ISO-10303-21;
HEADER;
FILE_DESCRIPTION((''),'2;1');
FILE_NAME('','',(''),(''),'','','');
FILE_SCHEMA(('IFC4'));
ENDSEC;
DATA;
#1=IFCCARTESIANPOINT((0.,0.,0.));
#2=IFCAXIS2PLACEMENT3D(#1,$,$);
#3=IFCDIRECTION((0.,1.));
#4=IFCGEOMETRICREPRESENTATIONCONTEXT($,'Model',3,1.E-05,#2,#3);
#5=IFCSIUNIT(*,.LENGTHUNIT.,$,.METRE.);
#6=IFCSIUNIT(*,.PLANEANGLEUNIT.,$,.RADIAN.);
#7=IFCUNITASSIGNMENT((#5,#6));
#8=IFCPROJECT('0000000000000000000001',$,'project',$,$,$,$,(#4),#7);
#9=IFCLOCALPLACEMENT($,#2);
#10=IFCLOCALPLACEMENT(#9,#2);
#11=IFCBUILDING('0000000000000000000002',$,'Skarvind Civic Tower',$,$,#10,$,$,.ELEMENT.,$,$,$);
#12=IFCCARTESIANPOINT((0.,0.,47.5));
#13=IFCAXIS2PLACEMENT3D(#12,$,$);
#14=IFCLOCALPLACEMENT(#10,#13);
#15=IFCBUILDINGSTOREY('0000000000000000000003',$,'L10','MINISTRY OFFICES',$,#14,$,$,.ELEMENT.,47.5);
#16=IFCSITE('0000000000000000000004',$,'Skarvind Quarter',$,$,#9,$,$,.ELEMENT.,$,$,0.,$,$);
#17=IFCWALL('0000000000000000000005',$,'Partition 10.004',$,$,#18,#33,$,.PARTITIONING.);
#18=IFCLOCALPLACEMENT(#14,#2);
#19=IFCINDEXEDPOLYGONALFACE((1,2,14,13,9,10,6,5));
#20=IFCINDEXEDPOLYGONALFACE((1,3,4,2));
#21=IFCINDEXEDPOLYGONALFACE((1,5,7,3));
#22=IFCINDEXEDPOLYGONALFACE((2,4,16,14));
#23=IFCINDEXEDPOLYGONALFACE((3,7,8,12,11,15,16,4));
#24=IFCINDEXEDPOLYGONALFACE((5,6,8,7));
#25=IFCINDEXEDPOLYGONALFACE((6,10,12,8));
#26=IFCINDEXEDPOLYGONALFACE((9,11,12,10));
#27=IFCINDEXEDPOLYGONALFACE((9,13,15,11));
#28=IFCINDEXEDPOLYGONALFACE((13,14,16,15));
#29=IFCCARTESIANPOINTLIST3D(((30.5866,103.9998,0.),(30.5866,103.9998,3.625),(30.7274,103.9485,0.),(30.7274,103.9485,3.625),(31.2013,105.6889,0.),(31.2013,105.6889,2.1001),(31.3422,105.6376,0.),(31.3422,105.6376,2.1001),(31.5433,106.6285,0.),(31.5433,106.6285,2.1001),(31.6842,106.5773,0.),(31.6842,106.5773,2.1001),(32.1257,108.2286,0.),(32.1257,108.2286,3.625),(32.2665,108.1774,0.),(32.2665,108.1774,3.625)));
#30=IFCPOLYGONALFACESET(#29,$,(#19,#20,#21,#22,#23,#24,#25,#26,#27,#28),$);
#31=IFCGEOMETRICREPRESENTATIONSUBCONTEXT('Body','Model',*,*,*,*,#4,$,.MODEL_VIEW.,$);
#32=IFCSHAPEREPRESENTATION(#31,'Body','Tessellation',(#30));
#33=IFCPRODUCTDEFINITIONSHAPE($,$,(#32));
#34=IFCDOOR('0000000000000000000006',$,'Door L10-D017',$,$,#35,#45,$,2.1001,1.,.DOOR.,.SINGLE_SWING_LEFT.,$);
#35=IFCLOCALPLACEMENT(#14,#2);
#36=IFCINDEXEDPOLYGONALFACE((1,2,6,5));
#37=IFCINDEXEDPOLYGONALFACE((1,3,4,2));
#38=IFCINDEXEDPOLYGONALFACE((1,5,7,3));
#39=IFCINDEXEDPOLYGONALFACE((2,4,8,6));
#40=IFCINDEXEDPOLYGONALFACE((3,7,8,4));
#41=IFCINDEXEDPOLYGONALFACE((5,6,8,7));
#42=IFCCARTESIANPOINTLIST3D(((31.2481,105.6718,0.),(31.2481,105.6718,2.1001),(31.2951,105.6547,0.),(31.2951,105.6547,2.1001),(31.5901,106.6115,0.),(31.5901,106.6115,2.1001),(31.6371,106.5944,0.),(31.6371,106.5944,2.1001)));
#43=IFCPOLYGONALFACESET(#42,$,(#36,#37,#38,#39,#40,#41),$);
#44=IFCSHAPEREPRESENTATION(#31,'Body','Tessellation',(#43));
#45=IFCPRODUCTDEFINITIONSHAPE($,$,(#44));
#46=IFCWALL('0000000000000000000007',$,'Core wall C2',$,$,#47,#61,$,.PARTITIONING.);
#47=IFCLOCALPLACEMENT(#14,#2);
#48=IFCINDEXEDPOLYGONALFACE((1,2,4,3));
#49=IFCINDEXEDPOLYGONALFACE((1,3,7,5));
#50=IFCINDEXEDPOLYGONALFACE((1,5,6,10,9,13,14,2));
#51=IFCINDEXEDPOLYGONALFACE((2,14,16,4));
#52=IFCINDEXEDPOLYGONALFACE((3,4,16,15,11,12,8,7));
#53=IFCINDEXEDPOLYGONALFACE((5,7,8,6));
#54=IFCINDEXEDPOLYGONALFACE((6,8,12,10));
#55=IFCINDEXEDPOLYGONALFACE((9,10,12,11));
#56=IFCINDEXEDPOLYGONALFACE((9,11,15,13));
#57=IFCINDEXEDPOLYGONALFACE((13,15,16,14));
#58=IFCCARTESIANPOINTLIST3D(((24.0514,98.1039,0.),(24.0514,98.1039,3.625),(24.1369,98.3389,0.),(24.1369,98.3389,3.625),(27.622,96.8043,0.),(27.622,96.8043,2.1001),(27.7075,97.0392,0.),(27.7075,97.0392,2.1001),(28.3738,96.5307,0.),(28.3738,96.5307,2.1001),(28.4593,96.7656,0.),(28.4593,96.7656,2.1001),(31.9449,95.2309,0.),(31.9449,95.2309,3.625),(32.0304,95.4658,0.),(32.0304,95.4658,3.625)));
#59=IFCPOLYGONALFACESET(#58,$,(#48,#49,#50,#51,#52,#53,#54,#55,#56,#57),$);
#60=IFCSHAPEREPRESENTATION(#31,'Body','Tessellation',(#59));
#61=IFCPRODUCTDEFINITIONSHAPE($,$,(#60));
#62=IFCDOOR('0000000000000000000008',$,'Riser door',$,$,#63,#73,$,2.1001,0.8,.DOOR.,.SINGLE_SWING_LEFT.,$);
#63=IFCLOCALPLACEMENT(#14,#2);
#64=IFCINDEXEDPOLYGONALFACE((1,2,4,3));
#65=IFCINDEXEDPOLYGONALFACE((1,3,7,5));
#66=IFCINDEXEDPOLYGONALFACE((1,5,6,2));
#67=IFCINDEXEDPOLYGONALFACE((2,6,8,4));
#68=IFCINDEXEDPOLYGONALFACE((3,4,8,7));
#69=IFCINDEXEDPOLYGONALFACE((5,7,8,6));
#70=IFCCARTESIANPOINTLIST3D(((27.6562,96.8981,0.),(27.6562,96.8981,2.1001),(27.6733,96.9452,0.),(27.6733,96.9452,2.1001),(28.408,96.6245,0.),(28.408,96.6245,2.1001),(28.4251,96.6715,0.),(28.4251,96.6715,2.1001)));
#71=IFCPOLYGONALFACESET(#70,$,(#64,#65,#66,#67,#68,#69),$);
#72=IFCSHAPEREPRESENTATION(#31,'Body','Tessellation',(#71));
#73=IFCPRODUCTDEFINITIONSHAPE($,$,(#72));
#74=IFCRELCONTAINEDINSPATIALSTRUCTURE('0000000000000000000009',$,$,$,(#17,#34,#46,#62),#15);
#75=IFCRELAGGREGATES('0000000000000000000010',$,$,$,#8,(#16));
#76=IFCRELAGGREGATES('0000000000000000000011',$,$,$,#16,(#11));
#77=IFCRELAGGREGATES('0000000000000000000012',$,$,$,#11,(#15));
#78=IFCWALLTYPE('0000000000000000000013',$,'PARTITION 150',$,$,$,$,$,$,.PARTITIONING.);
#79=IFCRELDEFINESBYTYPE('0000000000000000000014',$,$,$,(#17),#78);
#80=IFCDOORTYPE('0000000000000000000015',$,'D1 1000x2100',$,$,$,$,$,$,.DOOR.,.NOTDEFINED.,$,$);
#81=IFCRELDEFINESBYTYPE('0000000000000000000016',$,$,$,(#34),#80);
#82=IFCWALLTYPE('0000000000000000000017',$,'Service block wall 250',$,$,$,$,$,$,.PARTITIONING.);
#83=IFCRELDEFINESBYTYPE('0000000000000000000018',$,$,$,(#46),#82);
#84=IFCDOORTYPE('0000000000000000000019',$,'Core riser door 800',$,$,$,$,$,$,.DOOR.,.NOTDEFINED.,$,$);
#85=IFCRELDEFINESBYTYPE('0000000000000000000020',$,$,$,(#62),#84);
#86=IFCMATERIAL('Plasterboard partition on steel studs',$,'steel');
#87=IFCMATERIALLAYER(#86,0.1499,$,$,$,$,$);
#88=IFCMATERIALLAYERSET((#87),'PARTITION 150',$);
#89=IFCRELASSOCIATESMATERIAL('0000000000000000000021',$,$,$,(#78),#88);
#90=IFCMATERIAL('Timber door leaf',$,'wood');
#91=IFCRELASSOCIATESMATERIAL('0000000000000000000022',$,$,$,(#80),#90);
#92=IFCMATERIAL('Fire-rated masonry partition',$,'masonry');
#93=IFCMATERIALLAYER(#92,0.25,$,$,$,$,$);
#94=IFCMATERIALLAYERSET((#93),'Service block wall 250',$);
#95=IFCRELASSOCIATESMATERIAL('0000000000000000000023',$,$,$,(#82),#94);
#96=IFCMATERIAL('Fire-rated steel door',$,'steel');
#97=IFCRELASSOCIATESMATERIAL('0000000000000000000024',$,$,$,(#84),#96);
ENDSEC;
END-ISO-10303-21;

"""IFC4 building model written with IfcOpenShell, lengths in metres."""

from ifc_helpers import new_model, si_unit, direction, frame, frame_2d, origin, place, context, subcontext, project, spatial, rectangle, extrude, material, layer, layer_set, type_object, element, fill, save


model = new_model("IFC4")

# Units and contexts
model_context = context("Model", 3, precision=1e-05, world=origin(), true_north=direction((0.0, 1.0)))
body_context = subcontext(model_context, "Body", "Model", "MODEL_VIEW")
ifc_project = project(units=[si_unit("LENGTHUNIT", "METRE"), si_unit("PLANEANGLEUNIT", "RADIAN")], contexts=[model_context])

# Site, building, storey
site_placement = place(None, origin())
site = spatial("IfcSite", under=ifc_project, at=site_placement, Name="Skarvind Quarter", CompositionType="ELEMENT", RefElevation=0.0)
building_placement = place(site_placement, origin())
building = spatial("IfcBuilding", under=site, at=building_placement, Name="Skarvind Civic Tower", CompositionType="ELEMENT")
storey_placement = place(building_placement, frame((0.0, 0.0, 47.5)))
storey = spatial("IfcBuildingStorey", under=building, at=storey_placement, Name="L10", Description="MINISTRY OFFICES", CompositionType="ELEMENT", Elevation=47.5)

# Shared definitions
ifc_material_1 = material(Name="Fire-rated masonry partition", Category="masonry")
ifc_material_2 = material(Name="Fire-rated steel door", Category="steel")

# Shared definitions
ifc_material_3 = material(Name="Plasterboard partition on steel studs", Category="steel")
ifc_layer_1 = layer(ifc_material_3, 0.1499)
ifc_layer_set_1 = layer_set([ifc_layer_1], Name="PARTITION 150")
wall_type_1 = type_object("IfcWallType", Name="PARTITION 150", PredefinedType="PARTITIONING", material=ifc_layer_set_1)

# Walls, openings, doors
ifc_material_4 = material(Name="Timber door leaf", Category="wood")
wall_1_placement = place(storey_placement, frame((32.196, 108.2029, 0.0), z_axis=(0.0, 0.0, 1.0), x_axis=(-0.342004, -0.939698, 0.0)))
wall_1 = element("IfcWall", 1, at=wall_1_placement, inside=storey, type_object=wall_type_1, Name="Partition 10.004", PredefinedType="PARTITIONING", context=body_context, shape_type="SweptSolid", body=[
    extrude(rectangle(XDim=4.5002, YDim=0.1499, at=frame_2d((2.25, 0.0))), origin(), (0.0, 0.0, 1.0), 3.625),
])
opening_1_placement = place(wall_1_placement, frame((1.7026, 0.0, 0.0)))
opening_1 = element("IfcOpeningElement", 2, at=opening_1_placement, cuts=wall_1, PredefinedType="OPENING", context=body_context, shape_type="SweptSolid", body=[
    extrude(rectangle(XDim=1.0, YDim=2.1001, at=frame_2d((0.5, 1.05))), frame((0.0, 0.085, 0.0), z_axis=(0.0, -1.0, 0.0), x_axis=(1.0, 0.0, 0.0)), (0.0, 0.0, 1.0), 0.1699),
])
door_type_1 = type_object("IfcDoorType", Name="D1 1000x2100", OperationType="NOTDEFINED", PredefinedType="DOOR", material=ifc_material_4)
door_1_placement = place(opening_1_placement, origin())
door_1 = element("IfcDoor", 3, at=door_1_placement, inside=storey, type_object=door_type_1, Name="Door L10-D017", OperationType="SINGLE_SWING_LEFT", OverallHeight=2.1001, OverallWidth=1.0, PredefinedType="DOOR", context=body_context, shape_type="SweptSolid", body=[
    extrude(rectangle(XDim=1.0, YDim=2.1001, at=frame_2d((0.5, 1.05))), frame((0.0, 0.0249, 0.0), z_axis=(0.0, -1.0, 0.0), x_axis=(1.0, 0.0, 0.0)), (0.0, 0.0, 1.0), 0.05),
])
fill(opening_1, door_1)
ifc_layer_2 = layer(ifc_material_1, 0.25)
ifc_layer_set_2 = layer_set([ifc_layer_2], Name="Service block wall 250")
wall_type_2 = type_object("IfcWallType", Name="Service block wall 250", PredefinedType="PARTITIONING", material=ifc_layer_set_2)
wall_2_placement = place(storey_placement, frame((24.094, 98.2214, 0.0), z_axis=(0.0, 0.0, 1.0), x_axis=(0.939692, -0.342023, 0.0)))
wall_2 = element("IfcWall", 4, at=wall_2_placement, inside=storey, type_object=wall_type_2, Name="Core wall C2", PredefinedType="PARTITIONING", context=body_context, shape_type="SweptSolid", body=[
    extrude(rectangle(XDim=8.4001, YDim=0.25, at=frame_2d((4.2002, 0.0))), origin(), (0.0, 0.0, 1.0), 3.625),
])
opening_2_placement = place(wall_2_placement, frame((3.8, 0.0, 0.0)))
opening_2 = element("IfcOpeningElement", 5, at=opening_2_placement, cuts=wall_2, PredefinedType="OPENING", context=body_context, shape_type="SweptSolid", body=[
    extrude(rectangle(XDim=0.8, YDim=2.1001, at=frame_2d((0.3999, 1.05))), frame((0.0, 0.135, 0.0), z_axis=(0.0, -1.0, 0.0), x_axis=(1.0, 0.0, 0.0)), (0.0, 0.0, 1.0), 0.27),
])
door_type_2 = type_object("IfcDoorType", Name="Core riser door 800", OperationType="NOTDEFINED", PredefinedType="DOOR", material=ifc_material_2)
door_2_placement = place(opening_2_placement, origin())
door_2 = element("IfcDoor", 6, at=door_2_placement, inside=storey, type_object=door_type_2, Name="Riser door", OperationType="SINGLE_SWING_LEFT", OverallHeight=2.1001, OverallWidth=0.8, PredefinedType="DOOR", context=body_context, shape_type="SweptSolid", body=[
    extrude(rectangle(XDim=0.8, YDim=2.1001, at=frame_2d((0.3999, 1.05))), frame((0.0, 0.0249, 0.0), z_axis=(0.0, -1.0, 0.0), x_axis=(1.0, 0.0, 0.0)), (0.0, 0.0, 1.0), 0.05),
])
fill(opening_2, door_2)

save(model, "model.ifc")
